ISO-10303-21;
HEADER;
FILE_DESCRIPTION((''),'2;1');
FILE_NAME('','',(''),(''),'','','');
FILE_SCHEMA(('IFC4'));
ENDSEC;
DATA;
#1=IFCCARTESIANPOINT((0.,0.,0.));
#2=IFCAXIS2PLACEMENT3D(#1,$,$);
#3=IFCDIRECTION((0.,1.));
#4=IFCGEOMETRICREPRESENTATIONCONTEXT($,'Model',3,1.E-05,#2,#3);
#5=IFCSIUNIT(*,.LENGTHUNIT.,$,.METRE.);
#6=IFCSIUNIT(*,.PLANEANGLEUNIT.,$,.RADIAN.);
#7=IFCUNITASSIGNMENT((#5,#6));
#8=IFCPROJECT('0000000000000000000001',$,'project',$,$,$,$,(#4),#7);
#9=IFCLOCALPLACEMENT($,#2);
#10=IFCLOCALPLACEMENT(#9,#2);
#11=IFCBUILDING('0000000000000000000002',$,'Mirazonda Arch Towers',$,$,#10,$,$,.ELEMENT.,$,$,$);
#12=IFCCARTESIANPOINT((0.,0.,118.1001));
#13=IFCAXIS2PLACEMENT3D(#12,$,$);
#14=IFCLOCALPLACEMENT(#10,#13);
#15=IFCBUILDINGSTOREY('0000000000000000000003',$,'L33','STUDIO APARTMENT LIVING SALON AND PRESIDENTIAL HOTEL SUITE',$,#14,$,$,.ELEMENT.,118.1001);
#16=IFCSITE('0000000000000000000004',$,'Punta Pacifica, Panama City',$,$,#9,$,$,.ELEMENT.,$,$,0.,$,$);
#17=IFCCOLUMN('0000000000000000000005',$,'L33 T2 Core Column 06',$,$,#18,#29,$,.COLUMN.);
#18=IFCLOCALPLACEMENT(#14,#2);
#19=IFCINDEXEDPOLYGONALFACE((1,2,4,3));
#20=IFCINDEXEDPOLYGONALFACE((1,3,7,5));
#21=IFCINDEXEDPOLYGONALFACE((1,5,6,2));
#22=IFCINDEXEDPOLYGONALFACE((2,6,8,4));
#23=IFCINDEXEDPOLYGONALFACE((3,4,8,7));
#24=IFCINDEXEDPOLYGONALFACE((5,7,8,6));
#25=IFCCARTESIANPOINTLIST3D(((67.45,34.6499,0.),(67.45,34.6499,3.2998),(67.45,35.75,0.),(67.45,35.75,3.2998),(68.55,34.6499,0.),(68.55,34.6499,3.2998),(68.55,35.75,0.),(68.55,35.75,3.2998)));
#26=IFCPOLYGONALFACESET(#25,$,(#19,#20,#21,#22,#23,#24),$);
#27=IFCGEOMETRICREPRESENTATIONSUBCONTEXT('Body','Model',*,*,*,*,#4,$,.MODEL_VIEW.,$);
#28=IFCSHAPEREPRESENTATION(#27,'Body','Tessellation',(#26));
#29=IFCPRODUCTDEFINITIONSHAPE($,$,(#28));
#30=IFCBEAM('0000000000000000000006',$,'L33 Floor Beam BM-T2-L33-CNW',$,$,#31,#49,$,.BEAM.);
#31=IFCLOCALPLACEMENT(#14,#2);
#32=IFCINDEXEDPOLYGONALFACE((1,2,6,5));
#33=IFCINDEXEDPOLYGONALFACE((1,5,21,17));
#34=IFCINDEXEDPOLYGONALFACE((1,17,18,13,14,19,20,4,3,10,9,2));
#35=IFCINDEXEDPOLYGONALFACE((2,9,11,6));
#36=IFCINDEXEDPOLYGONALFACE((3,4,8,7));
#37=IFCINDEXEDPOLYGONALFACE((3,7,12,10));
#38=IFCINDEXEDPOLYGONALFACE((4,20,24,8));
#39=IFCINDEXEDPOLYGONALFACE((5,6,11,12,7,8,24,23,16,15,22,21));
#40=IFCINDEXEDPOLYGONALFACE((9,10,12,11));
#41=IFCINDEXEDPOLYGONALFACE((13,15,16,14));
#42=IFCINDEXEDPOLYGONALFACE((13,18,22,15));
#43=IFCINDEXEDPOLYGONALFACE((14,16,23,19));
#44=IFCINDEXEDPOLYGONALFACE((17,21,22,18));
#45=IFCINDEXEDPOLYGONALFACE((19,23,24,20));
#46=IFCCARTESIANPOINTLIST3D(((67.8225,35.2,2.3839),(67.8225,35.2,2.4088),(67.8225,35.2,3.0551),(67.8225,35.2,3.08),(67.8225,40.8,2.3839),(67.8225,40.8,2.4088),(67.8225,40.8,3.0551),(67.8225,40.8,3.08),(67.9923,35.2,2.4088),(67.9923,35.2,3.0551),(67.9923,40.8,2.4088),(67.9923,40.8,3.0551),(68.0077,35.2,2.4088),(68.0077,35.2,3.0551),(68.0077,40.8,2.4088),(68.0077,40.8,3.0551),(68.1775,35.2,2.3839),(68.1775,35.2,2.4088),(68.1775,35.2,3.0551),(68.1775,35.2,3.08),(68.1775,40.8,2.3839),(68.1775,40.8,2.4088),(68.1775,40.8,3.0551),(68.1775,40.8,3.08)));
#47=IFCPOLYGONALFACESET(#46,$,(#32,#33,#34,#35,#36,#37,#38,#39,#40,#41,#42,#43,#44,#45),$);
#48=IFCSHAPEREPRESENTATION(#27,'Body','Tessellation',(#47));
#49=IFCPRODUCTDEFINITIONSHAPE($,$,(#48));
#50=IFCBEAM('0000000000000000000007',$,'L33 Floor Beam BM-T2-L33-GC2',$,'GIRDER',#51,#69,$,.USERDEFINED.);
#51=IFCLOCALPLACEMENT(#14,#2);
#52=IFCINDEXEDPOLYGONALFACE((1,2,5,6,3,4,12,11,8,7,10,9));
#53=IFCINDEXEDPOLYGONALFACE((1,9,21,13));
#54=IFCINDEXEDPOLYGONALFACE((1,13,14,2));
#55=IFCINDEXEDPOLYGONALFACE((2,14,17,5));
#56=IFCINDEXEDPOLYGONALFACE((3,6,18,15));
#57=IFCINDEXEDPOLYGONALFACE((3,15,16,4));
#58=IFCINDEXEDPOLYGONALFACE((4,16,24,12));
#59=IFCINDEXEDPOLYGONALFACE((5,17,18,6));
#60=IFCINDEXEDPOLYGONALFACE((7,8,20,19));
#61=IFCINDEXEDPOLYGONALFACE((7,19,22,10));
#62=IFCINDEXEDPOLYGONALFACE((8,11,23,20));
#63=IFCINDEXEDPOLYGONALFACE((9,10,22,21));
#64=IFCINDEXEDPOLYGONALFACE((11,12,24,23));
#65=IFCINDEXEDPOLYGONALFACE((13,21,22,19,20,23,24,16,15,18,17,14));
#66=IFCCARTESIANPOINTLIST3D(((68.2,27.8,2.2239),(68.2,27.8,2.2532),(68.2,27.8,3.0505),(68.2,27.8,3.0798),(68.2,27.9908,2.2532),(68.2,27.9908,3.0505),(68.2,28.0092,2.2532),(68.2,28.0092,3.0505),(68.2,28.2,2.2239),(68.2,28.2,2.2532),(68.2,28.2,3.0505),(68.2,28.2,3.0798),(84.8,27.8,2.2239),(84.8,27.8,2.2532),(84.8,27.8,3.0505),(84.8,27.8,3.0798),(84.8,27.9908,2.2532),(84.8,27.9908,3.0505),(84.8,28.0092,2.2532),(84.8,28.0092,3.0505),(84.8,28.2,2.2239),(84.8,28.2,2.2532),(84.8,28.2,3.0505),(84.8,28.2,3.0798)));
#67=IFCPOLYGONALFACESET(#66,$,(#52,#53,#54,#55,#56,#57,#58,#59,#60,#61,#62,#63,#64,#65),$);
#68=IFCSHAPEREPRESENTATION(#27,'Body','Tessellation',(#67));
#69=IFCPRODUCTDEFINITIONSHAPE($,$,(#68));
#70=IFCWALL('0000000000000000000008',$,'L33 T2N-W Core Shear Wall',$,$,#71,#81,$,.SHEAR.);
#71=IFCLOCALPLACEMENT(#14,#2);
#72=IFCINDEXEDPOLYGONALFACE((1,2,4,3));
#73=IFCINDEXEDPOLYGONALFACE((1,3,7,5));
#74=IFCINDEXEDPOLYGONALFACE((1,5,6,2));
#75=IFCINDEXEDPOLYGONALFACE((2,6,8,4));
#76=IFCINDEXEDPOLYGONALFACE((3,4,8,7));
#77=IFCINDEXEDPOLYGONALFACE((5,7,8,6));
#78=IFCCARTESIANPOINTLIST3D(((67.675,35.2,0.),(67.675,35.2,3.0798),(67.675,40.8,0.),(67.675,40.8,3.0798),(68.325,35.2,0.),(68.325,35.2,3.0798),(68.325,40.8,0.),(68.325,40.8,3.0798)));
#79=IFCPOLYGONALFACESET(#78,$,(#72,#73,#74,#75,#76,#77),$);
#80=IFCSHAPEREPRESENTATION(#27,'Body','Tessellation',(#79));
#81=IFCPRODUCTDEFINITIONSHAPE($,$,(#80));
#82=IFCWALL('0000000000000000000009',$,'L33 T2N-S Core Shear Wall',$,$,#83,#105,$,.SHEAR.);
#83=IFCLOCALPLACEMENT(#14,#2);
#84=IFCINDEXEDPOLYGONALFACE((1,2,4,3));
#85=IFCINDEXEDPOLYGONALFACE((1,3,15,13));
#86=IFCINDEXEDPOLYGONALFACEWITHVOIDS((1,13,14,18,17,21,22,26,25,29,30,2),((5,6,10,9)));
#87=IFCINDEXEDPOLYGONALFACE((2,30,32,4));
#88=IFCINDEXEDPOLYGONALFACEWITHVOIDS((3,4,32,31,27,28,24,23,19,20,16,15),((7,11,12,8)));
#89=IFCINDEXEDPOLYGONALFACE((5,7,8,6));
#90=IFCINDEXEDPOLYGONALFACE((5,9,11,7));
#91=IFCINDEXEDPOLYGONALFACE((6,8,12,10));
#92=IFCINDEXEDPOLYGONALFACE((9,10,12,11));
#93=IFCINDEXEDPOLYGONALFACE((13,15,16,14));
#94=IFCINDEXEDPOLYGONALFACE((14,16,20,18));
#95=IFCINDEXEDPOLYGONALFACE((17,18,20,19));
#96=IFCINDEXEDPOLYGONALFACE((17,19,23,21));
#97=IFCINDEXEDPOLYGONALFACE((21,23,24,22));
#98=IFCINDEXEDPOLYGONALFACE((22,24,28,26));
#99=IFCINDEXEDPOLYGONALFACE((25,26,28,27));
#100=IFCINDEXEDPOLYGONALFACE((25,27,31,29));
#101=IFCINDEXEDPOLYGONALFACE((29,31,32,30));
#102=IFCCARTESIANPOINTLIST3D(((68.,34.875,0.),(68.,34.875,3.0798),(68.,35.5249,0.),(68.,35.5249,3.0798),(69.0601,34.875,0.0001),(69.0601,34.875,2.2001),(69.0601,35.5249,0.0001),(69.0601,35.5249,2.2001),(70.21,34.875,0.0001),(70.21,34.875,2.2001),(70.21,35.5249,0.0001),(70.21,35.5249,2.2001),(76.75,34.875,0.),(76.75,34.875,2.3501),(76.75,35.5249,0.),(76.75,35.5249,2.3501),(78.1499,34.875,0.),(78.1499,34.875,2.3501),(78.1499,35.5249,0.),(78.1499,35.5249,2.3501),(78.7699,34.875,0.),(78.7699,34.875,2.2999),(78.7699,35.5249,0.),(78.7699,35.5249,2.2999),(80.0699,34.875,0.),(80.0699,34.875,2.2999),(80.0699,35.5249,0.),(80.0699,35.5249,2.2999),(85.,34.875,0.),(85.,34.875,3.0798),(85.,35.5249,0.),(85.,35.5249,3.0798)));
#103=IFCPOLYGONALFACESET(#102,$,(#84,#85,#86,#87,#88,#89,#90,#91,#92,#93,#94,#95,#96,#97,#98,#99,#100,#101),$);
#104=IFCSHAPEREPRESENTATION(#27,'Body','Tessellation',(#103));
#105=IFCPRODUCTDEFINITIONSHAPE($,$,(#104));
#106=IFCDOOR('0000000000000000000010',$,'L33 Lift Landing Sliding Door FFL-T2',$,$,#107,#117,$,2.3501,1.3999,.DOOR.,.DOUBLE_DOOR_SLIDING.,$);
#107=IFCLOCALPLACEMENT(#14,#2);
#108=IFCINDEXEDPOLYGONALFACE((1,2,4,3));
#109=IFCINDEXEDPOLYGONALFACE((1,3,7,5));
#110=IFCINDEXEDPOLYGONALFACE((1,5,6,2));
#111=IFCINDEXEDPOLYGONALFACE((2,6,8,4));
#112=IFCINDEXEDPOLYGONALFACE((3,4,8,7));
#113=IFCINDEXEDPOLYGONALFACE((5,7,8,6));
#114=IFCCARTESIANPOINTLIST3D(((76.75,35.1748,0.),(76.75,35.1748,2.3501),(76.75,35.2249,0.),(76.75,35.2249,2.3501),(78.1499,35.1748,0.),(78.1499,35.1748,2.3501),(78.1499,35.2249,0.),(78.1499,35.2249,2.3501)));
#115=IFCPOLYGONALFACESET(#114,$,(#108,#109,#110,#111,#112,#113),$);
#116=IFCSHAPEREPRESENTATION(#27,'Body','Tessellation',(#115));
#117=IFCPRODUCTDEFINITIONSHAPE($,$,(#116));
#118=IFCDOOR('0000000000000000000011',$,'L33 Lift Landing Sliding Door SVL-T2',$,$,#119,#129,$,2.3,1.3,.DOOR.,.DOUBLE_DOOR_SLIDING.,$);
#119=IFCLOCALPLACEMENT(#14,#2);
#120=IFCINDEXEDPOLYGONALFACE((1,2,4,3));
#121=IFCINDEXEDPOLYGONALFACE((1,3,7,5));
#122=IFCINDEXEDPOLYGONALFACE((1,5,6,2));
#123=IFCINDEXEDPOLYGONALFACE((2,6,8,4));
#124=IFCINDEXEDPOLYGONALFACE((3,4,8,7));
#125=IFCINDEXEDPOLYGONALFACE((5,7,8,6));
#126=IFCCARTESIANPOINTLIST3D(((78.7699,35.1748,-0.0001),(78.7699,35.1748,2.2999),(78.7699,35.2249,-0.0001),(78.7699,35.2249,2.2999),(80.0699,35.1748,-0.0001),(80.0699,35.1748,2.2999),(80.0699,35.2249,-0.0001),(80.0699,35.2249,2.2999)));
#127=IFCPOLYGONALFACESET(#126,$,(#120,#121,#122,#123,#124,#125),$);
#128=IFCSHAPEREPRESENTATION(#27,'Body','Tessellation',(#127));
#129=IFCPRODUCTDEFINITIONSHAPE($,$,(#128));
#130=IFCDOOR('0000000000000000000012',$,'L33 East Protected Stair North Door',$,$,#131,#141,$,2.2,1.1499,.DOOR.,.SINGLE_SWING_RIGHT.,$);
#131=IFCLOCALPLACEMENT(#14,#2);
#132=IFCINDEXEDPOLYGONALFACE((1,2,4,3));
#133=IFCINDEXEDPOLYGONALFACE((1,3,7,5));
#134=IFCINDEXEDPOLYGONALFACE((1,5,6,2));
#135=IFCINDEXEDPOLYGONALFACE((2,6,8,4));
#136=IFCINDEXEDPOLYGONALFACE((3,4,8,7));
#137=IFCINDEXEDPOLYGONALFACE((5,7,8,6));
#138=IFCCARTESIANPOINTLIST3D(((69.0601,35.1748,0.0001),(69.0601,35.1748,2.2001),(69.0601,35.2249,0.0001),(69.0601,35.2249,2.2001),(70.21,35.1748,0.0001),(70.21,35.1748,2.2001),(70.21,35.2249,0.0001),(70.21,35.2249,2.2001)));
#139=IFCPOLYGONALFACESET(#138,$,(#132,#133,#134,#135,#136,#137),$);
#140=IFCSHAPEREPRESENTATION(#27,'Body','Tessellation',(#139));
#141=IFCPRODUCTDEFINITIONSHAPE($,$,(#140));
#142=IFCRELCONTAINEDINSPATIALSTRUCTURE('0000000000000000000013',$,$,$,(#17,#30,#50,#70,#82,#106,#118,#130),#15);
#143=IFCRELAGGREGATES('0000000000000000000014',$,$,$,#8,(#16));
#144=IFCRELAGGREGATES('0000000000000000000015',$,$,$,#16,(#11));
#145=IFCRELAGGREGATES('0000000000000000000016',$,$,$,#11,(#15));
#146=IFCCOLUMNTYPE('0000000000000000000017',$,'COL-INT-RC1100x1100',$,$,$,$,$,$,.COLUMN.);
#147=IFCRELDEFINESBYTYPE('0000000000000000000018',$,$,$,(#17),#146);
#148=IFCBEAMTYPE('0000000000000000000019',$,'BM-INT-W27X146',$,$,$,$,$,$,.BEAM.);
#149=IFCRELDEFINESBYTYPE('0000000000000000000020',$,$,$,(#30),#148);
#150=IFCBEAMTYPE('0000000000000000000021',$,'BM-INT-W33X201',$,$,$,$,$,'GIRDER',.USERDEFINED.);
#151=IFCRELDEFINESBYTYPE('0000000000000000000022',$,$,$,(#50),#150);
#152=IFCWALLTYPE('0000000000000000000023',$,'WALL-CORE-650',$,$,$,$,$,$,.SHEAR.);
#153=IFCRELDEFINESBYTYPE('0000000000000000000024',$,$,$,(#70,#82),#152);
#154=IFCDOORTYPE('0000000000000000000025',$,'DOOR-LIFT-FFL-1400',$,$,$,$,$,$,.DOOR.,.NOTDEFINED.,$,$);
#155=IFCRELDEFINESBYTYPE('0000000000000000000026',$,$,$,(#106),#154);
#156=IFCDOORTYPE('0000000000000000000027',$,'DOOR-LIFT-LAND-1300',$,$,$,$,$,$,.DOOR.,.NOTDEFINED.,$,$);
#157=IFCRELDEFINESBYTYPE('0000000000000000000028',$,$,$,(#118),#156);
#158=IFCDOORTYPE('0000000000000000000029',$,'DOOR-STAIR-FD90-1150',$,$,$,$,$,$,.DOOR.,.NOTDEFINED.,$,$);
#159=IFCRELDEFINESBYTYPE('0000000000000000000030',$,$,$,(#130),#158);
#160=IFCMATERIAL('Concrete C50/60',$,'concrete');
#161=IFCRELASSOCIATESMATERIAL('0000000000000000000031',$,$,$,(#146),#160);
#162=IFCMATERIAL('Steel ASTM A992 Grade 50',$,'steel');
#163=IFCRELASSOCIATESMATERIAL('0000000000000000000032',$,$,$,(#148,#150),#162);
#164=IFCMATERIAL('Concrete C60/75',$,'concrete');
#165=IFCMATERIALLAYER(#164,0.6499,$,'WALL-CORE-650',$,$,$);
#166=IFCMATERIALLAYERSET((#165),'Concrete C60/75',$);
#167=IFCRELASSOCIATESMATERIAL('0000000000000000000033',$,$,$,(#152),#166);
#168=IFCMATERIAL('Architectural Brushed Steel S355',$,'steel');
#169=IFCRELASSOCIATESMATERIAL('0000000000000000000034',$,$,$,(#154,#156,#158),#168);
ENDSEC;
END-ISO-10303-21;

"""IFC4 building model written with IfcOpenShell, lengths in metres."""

from ifc_helpers import new_model, si_unit, direction, frame, frame_2d, origin, origin_2d, place, context, subcontext, project, spatial, rectangle, i_section, extrude, material, layer, layer_set, material_profile, profile_set, type_object, element, fill, save


model = new_model("IFC4")

# Units and contexts
model_context = context("Model", 3, precision=1e-05, world=origin(), true_north=direction((0.0, 1.0)))
body_context = subcontext(model_context, "Body", "Model", "MODEL_VIEW")
ifc_project = project(units=[si_unit("LENGTHUNIT", "METRE"), si_unit("PLANEANGLEUNIT", "RADIAN")], contexts=[model_context])

# Site, building, storey
site_placement = place(None, origin())
site = spatial("IfcSite", under=ifc_project, at=site_placement, Name="Punta Pacifica, Panama City", CompositionType="ELEMENT", RefElevation=0.0)
building_placement = place(site_placement, origin())
building = spatial("IfcBuilding", under=site, at=building_placement, Name="Mirazonda Arch Towers", CompositionType="ELEMENT")
storey_placement = place(building_placement, frame((0.0, 0.0, 118.1001)))
storey = spatial("IfcBuildingStorey", under=building, at=storey_placement, Name="L33", Description="STUDIO APARTMENT LIVING SALON AND PRESIDENTIAL HOTEL SUITE", CompositionType="ELEMENT", Elevation=118.1001)

# Column
ifc_material_1 = material(Name="Concrete C50/60", Category="concrete")
ifc_material_profile_1 = material_profile(ifc_material_1, rectangle(XDim=1.1001, YDim=1.1001, at=origin_2d()), Name="RC1100x1100")
ifc_profile_set_1 = profile_set([ifc_material_profile_1], Name="Concrete C50/60")
column_type = type_object("IfcColumnType", Name="COL-INT-RC1100x1100", PredefinedType="COLUMN", material=ifc_profile_set_1)
column_placement = place(storey_placement, frame((68.0, 35.2, 0.0), z_axis=(0.0, 0.0, 1.0), x_axis=(1.0, 0.0, 0.0)))
element("IfcColumn", 1, at=column_placement, inside=storey, type_object=column_type, Name="L33 T2 Core Column 06", PredefinedType="COLUMN", context=body_context, shape_type="SweptSolid", body=[
    extrude(rectangle(XDim=1.1001, YDim=1.1001, at=origin_2d()), origin(), (0.0, 0.0, 1.0), 3.2998),
])

# Beams
ifc_material_2 = material(Name="Steel ASTM A992 Grade 50", Category="steel")
ifc_material_profile_2 = material_profile(ifc_material_2, i_section(OverallWidth=0.355, OverallDepth=0.696, WebThickness=0.0154, FlangeThickness=0.0249, at=origin_2d()), Name="W27X146")
ifc_profile_set_2 = profile_set([ifc_material_profile_2], Name="Steel ASTM A992 Grade 50")
beam_type_1 = type_object("IfcBeamType", Name="BM-INT-W27X146", PredefinedType="BEAM", material=ifc_profile_set_2)
beam_1_placement = place(storey_placement, frame((68.0, 35.2, 2.7319), z_axis=(0.0, 1.0, 0.0), x_axis=(-1.0, 0.0, 0.0)))
element("IfcBeam", 2, at=beam_1_placement, inside=storey, type_object=beam_type_1, Name="L33 Floor Beam BM-T2-L33-CNW", PredefinedType="BEAM", context=body_context, shape_type="SweptSolid", body=[
    extrude(i_section(OverallWidth=0.355, OverallDepth=0.696, WebThickness=0.0154, FlangeThickness=0.0249, at=origin_2d()), origin(), (0.0, 0.0, 1.0), 5.6001),
])
ifc_material_profile_3 = material_profile(ifc_material_2, i_section(OverallWidth=0.3999, OverallDepth=0.856, WebThickness=0.0183, FlangeThickness=0.0293, at=origin_2d()), Name="W33X201")
ifc_profile_set_3 = profile_set([ifc_material_profile_3], Name="Steel ASTM A992 Grade 50")
beam_type_2 = type_object("IfcBeamType", Name="BM-INT-W33X201", ElementType="GIRDER", PredefinedType="USERDEFINED", material=ifc_profile_set_3)
beam_2_placement = place(storey_placement, frame((68.2, 28.0, 2.6519), z_axis=(1.0, 0.0, 0.0), x_axis=(0.0, 1.0, 0.0)))
element("IfcBeam", 3, at=beam_2_placement, inside=storey, type_object=beam_type_2, Name="L33 Floor Beam BM-T2-L33-GC2", ObjectType="GIRDER", PredefinedType="USERDEFINED", context=body_context, shape_type="SweptSolid", body=[
    extrude(i_section(OverallWidth=0.3999, OverallDepth=0.856, WebThickness=0.0183, FlangeThickness=0.0293, at=origin_2d()), origin(), (0.0, 0.0, 1.0), 16.6001),
])

# Wall
ifc_material_3 = material(Name="Concrete C60/75", Category="concrete")
ifc_layer_1 = layer(ifc_material_3, 0.6499, Name="WALL-CORE-650")
ifc_layer_set_1 = layer_set([ifc_layer_1], Name="Concrete C60/75")
wall_type_1 = type_object("IfcWallType", Name="WALL-CORE-650", PredefinedType="SHEAR", material=ifc_layer_set_1)
wall_1_placement = place(storey_placement, frame((68.0, 35.2, 0.0), z_axis=(0.0, 0.0, 1.0), x_axis=(0.0, 1.0, 0.0)))
element("IfcWall", 4, at=wall_1_placement, inside=storey, type_object=wall_type_1, Name="L33 T2N-W Core Shear Wall", PredefinedType="SHEAR", context=body_context, shape_type="SweptSolid", body=[
    extrude(rectangle(XDim=5.6001, YDim=0.6499, at=frame_2d((2.8, 0.0))), origin(), (0.0, 0.0, 1.0), 3.0798),
])

# Wall, openings, doors
wall_2_placement = place(storey_placement, frame((68.0, 35.2, 0.0), z_axis=(0.0, 0.0, 1.0), x_axis=(1.0, 0.0, 0.0)))
wall_2 = element("IfcWall", 5, at=wall_2_placement, inside=storey, type_object=wall_type_1, Name="L33 T2N-S Core Shear Wall", PredefinedType="SHEAR", context=body_context, shape_type="SweptSolid", body=[
    extrude(rectangle(XDim=17.0, YDim=0.6499, at=frame_2d((8.5, 0.0))), origin(), (0.0, 0.0, 1.0), 3.0798),
])
opening_1_placement = place(wall_2_placement, frame((1.0601, 0.0, 0.0)))
opening_1 = element("IfcOpeningElement", 6, at=opening_1_placement, cuts=wall_2, PredefinedType="OPENING", context=body_context, shape_type="SweptSolid", body=[
    extrude(rectangle(XDim=1.1499, YDim=2.2, at=frame_2d((0.575, 1.1001))), frame((0.0, 0.335, 0.0), z_axis=(0.0, -1.0, 0.0), x_axis=(1.0, 0.0, 0.0)), (0.0, 0.0, 1.0), 0.6699),
])
opening_2_placement = place(wall_2_placement, frame((8.75, 0.0, 0.0)))
opening_2 = element("IfcOpeningElement", 7, at=opening_2_placement, cuts=wall_2, PredefinedType="OPENING", context=body_context, shape_type="SweptSolid", body=[
    extrude(rectangle(XDim=1.3999, YDim=2.3501, at=frame_2d((0.7, 1.175))), frame((0.0, 0.335, 0.0), z_axis=(0.0, -1.0, 0.0), x_axis=(1.0, 0.0, 0.0)), (0.0, 0.0, 1.0), 0.6699),
])
opening_3_placement = place(wall_2_placement, frame((10.77, 0.0, 0.0)))
opening_3 = element("IfcOpeningElement", 8, at=opening_3_placement, cuts=wall_2, PredefinedType="OPENING", context=body_context, shape_type="SweptSolid", body=[
    extrude(rectangle(XDim=1.3, YDim=2.3, at=frame_2d((0.6499, 1.1499))), frame((0.0, 0.335, 0.0), z_axis=(0.0, -1.0, 0.0), x_axis=(1.0, 0.0, 0.0)), (0.0, 0.0, 1.0), 0.6699),
])
ifc_material_4 = material(Name="Architectural Brushed Steel S355", Category="steel")
door_type_1 = type_object("IfcDoorType", Name="DOOR-LIFT-FFL-1400", OperationType="NOTDEFINED", PredefinedType="DOOR", material=ifc_material_4)
door_1_placement = place(opening_2_placement, origin())
door_1 = element("IfcDoor", 9, at=door_1_placement, inside=storey, type_object=door_type_1, Name="L33 Lift Landing Sliding Door FFL-T2", OperationType="DOUBLE_DOOR_SLIDING", OverallHeight=2.3501, OverallWidth=1.3999, PredefinedType="DOOR", context=body_context, shape_type="SweptSolid", body=[
    extrude(rectangle(XDim=1.3999, YDim=2.3501, at=frame_2d((0.7, 1.175))), frame((0.0, 0.0249, 0.0), z_axis=(0.0, -1.0, 0.0), x_axis=(1.0, 0.0, 0.0)), (0.0, 0.0, 1.0), 0.05),
])
fill(opening_2, door_1)
door_type_2 = type_object("IfcDoorType", Name="DOOR-LIFT-LAND-1300", OperationType="NOTDEFINED", PredefinedType="DOOR", material=ifc_material_4)
door_2_placement = place(opening_3_placement, origin())
door_2 = element("IfcDoor", 10, at=door_2_placement, inside=storey, type_object=door_type_2, Name="L33 Lift Landing Sliding Door SVL-T2", OperationType="DOUBLE_DOOR_SLIDING", OverallHeight=2.3, OverallWidth=1.3, PredefinedType="DOOR", context=body_context, shape_type="SweptSolid", body=[
    extrude(rectangle(XDim=1.3, YDim=2.3, at=frame_2d((0.6499, 1.1499))), frame((0.0, 0.0249, 0.0), z_axis=(0.0, -1.0, 0.0), x_axis=(1.0, 0.0, 0.0)), (0.0, 0.0, 1.0), 0.05),
])
fill(opening_3, door_2)
door_type_3 = type_object("IfcDoorType", Name="DOOR-STAIR-FD90-1150", OperationType="NOTDEFINED", PredefinedType="DOOR", material=ifc_material_4)
door_3_placement = place(opening_1_placement, origin())
door_3 = element("IfcDoor", 11, at=door_3_placement, inside=storey, type_object=door_type_3, Name="L33 East Protected Stair North Door", OperationType="SINGLE_SWING_RIGHT", OverallHeight=2.2, OverallWidth=1.1499, PredefinedType="DOOR", context=body_context, shape_type="SweptSolid", body=[
    extrude(rectangle(XDim=1.1499, YDim=2.2, at=frame_2d((0.575, 1.1001))), frame((0.0, 0.0249, 0.0), z_axis=(0.0, -1.0, 0.0), x_axis=(1.0, 0.0, 0.0)), (0.0, 0.0, 1.0), 0.05),
])
fill(opening_1, door_3)

save(model, "model.ifc")
